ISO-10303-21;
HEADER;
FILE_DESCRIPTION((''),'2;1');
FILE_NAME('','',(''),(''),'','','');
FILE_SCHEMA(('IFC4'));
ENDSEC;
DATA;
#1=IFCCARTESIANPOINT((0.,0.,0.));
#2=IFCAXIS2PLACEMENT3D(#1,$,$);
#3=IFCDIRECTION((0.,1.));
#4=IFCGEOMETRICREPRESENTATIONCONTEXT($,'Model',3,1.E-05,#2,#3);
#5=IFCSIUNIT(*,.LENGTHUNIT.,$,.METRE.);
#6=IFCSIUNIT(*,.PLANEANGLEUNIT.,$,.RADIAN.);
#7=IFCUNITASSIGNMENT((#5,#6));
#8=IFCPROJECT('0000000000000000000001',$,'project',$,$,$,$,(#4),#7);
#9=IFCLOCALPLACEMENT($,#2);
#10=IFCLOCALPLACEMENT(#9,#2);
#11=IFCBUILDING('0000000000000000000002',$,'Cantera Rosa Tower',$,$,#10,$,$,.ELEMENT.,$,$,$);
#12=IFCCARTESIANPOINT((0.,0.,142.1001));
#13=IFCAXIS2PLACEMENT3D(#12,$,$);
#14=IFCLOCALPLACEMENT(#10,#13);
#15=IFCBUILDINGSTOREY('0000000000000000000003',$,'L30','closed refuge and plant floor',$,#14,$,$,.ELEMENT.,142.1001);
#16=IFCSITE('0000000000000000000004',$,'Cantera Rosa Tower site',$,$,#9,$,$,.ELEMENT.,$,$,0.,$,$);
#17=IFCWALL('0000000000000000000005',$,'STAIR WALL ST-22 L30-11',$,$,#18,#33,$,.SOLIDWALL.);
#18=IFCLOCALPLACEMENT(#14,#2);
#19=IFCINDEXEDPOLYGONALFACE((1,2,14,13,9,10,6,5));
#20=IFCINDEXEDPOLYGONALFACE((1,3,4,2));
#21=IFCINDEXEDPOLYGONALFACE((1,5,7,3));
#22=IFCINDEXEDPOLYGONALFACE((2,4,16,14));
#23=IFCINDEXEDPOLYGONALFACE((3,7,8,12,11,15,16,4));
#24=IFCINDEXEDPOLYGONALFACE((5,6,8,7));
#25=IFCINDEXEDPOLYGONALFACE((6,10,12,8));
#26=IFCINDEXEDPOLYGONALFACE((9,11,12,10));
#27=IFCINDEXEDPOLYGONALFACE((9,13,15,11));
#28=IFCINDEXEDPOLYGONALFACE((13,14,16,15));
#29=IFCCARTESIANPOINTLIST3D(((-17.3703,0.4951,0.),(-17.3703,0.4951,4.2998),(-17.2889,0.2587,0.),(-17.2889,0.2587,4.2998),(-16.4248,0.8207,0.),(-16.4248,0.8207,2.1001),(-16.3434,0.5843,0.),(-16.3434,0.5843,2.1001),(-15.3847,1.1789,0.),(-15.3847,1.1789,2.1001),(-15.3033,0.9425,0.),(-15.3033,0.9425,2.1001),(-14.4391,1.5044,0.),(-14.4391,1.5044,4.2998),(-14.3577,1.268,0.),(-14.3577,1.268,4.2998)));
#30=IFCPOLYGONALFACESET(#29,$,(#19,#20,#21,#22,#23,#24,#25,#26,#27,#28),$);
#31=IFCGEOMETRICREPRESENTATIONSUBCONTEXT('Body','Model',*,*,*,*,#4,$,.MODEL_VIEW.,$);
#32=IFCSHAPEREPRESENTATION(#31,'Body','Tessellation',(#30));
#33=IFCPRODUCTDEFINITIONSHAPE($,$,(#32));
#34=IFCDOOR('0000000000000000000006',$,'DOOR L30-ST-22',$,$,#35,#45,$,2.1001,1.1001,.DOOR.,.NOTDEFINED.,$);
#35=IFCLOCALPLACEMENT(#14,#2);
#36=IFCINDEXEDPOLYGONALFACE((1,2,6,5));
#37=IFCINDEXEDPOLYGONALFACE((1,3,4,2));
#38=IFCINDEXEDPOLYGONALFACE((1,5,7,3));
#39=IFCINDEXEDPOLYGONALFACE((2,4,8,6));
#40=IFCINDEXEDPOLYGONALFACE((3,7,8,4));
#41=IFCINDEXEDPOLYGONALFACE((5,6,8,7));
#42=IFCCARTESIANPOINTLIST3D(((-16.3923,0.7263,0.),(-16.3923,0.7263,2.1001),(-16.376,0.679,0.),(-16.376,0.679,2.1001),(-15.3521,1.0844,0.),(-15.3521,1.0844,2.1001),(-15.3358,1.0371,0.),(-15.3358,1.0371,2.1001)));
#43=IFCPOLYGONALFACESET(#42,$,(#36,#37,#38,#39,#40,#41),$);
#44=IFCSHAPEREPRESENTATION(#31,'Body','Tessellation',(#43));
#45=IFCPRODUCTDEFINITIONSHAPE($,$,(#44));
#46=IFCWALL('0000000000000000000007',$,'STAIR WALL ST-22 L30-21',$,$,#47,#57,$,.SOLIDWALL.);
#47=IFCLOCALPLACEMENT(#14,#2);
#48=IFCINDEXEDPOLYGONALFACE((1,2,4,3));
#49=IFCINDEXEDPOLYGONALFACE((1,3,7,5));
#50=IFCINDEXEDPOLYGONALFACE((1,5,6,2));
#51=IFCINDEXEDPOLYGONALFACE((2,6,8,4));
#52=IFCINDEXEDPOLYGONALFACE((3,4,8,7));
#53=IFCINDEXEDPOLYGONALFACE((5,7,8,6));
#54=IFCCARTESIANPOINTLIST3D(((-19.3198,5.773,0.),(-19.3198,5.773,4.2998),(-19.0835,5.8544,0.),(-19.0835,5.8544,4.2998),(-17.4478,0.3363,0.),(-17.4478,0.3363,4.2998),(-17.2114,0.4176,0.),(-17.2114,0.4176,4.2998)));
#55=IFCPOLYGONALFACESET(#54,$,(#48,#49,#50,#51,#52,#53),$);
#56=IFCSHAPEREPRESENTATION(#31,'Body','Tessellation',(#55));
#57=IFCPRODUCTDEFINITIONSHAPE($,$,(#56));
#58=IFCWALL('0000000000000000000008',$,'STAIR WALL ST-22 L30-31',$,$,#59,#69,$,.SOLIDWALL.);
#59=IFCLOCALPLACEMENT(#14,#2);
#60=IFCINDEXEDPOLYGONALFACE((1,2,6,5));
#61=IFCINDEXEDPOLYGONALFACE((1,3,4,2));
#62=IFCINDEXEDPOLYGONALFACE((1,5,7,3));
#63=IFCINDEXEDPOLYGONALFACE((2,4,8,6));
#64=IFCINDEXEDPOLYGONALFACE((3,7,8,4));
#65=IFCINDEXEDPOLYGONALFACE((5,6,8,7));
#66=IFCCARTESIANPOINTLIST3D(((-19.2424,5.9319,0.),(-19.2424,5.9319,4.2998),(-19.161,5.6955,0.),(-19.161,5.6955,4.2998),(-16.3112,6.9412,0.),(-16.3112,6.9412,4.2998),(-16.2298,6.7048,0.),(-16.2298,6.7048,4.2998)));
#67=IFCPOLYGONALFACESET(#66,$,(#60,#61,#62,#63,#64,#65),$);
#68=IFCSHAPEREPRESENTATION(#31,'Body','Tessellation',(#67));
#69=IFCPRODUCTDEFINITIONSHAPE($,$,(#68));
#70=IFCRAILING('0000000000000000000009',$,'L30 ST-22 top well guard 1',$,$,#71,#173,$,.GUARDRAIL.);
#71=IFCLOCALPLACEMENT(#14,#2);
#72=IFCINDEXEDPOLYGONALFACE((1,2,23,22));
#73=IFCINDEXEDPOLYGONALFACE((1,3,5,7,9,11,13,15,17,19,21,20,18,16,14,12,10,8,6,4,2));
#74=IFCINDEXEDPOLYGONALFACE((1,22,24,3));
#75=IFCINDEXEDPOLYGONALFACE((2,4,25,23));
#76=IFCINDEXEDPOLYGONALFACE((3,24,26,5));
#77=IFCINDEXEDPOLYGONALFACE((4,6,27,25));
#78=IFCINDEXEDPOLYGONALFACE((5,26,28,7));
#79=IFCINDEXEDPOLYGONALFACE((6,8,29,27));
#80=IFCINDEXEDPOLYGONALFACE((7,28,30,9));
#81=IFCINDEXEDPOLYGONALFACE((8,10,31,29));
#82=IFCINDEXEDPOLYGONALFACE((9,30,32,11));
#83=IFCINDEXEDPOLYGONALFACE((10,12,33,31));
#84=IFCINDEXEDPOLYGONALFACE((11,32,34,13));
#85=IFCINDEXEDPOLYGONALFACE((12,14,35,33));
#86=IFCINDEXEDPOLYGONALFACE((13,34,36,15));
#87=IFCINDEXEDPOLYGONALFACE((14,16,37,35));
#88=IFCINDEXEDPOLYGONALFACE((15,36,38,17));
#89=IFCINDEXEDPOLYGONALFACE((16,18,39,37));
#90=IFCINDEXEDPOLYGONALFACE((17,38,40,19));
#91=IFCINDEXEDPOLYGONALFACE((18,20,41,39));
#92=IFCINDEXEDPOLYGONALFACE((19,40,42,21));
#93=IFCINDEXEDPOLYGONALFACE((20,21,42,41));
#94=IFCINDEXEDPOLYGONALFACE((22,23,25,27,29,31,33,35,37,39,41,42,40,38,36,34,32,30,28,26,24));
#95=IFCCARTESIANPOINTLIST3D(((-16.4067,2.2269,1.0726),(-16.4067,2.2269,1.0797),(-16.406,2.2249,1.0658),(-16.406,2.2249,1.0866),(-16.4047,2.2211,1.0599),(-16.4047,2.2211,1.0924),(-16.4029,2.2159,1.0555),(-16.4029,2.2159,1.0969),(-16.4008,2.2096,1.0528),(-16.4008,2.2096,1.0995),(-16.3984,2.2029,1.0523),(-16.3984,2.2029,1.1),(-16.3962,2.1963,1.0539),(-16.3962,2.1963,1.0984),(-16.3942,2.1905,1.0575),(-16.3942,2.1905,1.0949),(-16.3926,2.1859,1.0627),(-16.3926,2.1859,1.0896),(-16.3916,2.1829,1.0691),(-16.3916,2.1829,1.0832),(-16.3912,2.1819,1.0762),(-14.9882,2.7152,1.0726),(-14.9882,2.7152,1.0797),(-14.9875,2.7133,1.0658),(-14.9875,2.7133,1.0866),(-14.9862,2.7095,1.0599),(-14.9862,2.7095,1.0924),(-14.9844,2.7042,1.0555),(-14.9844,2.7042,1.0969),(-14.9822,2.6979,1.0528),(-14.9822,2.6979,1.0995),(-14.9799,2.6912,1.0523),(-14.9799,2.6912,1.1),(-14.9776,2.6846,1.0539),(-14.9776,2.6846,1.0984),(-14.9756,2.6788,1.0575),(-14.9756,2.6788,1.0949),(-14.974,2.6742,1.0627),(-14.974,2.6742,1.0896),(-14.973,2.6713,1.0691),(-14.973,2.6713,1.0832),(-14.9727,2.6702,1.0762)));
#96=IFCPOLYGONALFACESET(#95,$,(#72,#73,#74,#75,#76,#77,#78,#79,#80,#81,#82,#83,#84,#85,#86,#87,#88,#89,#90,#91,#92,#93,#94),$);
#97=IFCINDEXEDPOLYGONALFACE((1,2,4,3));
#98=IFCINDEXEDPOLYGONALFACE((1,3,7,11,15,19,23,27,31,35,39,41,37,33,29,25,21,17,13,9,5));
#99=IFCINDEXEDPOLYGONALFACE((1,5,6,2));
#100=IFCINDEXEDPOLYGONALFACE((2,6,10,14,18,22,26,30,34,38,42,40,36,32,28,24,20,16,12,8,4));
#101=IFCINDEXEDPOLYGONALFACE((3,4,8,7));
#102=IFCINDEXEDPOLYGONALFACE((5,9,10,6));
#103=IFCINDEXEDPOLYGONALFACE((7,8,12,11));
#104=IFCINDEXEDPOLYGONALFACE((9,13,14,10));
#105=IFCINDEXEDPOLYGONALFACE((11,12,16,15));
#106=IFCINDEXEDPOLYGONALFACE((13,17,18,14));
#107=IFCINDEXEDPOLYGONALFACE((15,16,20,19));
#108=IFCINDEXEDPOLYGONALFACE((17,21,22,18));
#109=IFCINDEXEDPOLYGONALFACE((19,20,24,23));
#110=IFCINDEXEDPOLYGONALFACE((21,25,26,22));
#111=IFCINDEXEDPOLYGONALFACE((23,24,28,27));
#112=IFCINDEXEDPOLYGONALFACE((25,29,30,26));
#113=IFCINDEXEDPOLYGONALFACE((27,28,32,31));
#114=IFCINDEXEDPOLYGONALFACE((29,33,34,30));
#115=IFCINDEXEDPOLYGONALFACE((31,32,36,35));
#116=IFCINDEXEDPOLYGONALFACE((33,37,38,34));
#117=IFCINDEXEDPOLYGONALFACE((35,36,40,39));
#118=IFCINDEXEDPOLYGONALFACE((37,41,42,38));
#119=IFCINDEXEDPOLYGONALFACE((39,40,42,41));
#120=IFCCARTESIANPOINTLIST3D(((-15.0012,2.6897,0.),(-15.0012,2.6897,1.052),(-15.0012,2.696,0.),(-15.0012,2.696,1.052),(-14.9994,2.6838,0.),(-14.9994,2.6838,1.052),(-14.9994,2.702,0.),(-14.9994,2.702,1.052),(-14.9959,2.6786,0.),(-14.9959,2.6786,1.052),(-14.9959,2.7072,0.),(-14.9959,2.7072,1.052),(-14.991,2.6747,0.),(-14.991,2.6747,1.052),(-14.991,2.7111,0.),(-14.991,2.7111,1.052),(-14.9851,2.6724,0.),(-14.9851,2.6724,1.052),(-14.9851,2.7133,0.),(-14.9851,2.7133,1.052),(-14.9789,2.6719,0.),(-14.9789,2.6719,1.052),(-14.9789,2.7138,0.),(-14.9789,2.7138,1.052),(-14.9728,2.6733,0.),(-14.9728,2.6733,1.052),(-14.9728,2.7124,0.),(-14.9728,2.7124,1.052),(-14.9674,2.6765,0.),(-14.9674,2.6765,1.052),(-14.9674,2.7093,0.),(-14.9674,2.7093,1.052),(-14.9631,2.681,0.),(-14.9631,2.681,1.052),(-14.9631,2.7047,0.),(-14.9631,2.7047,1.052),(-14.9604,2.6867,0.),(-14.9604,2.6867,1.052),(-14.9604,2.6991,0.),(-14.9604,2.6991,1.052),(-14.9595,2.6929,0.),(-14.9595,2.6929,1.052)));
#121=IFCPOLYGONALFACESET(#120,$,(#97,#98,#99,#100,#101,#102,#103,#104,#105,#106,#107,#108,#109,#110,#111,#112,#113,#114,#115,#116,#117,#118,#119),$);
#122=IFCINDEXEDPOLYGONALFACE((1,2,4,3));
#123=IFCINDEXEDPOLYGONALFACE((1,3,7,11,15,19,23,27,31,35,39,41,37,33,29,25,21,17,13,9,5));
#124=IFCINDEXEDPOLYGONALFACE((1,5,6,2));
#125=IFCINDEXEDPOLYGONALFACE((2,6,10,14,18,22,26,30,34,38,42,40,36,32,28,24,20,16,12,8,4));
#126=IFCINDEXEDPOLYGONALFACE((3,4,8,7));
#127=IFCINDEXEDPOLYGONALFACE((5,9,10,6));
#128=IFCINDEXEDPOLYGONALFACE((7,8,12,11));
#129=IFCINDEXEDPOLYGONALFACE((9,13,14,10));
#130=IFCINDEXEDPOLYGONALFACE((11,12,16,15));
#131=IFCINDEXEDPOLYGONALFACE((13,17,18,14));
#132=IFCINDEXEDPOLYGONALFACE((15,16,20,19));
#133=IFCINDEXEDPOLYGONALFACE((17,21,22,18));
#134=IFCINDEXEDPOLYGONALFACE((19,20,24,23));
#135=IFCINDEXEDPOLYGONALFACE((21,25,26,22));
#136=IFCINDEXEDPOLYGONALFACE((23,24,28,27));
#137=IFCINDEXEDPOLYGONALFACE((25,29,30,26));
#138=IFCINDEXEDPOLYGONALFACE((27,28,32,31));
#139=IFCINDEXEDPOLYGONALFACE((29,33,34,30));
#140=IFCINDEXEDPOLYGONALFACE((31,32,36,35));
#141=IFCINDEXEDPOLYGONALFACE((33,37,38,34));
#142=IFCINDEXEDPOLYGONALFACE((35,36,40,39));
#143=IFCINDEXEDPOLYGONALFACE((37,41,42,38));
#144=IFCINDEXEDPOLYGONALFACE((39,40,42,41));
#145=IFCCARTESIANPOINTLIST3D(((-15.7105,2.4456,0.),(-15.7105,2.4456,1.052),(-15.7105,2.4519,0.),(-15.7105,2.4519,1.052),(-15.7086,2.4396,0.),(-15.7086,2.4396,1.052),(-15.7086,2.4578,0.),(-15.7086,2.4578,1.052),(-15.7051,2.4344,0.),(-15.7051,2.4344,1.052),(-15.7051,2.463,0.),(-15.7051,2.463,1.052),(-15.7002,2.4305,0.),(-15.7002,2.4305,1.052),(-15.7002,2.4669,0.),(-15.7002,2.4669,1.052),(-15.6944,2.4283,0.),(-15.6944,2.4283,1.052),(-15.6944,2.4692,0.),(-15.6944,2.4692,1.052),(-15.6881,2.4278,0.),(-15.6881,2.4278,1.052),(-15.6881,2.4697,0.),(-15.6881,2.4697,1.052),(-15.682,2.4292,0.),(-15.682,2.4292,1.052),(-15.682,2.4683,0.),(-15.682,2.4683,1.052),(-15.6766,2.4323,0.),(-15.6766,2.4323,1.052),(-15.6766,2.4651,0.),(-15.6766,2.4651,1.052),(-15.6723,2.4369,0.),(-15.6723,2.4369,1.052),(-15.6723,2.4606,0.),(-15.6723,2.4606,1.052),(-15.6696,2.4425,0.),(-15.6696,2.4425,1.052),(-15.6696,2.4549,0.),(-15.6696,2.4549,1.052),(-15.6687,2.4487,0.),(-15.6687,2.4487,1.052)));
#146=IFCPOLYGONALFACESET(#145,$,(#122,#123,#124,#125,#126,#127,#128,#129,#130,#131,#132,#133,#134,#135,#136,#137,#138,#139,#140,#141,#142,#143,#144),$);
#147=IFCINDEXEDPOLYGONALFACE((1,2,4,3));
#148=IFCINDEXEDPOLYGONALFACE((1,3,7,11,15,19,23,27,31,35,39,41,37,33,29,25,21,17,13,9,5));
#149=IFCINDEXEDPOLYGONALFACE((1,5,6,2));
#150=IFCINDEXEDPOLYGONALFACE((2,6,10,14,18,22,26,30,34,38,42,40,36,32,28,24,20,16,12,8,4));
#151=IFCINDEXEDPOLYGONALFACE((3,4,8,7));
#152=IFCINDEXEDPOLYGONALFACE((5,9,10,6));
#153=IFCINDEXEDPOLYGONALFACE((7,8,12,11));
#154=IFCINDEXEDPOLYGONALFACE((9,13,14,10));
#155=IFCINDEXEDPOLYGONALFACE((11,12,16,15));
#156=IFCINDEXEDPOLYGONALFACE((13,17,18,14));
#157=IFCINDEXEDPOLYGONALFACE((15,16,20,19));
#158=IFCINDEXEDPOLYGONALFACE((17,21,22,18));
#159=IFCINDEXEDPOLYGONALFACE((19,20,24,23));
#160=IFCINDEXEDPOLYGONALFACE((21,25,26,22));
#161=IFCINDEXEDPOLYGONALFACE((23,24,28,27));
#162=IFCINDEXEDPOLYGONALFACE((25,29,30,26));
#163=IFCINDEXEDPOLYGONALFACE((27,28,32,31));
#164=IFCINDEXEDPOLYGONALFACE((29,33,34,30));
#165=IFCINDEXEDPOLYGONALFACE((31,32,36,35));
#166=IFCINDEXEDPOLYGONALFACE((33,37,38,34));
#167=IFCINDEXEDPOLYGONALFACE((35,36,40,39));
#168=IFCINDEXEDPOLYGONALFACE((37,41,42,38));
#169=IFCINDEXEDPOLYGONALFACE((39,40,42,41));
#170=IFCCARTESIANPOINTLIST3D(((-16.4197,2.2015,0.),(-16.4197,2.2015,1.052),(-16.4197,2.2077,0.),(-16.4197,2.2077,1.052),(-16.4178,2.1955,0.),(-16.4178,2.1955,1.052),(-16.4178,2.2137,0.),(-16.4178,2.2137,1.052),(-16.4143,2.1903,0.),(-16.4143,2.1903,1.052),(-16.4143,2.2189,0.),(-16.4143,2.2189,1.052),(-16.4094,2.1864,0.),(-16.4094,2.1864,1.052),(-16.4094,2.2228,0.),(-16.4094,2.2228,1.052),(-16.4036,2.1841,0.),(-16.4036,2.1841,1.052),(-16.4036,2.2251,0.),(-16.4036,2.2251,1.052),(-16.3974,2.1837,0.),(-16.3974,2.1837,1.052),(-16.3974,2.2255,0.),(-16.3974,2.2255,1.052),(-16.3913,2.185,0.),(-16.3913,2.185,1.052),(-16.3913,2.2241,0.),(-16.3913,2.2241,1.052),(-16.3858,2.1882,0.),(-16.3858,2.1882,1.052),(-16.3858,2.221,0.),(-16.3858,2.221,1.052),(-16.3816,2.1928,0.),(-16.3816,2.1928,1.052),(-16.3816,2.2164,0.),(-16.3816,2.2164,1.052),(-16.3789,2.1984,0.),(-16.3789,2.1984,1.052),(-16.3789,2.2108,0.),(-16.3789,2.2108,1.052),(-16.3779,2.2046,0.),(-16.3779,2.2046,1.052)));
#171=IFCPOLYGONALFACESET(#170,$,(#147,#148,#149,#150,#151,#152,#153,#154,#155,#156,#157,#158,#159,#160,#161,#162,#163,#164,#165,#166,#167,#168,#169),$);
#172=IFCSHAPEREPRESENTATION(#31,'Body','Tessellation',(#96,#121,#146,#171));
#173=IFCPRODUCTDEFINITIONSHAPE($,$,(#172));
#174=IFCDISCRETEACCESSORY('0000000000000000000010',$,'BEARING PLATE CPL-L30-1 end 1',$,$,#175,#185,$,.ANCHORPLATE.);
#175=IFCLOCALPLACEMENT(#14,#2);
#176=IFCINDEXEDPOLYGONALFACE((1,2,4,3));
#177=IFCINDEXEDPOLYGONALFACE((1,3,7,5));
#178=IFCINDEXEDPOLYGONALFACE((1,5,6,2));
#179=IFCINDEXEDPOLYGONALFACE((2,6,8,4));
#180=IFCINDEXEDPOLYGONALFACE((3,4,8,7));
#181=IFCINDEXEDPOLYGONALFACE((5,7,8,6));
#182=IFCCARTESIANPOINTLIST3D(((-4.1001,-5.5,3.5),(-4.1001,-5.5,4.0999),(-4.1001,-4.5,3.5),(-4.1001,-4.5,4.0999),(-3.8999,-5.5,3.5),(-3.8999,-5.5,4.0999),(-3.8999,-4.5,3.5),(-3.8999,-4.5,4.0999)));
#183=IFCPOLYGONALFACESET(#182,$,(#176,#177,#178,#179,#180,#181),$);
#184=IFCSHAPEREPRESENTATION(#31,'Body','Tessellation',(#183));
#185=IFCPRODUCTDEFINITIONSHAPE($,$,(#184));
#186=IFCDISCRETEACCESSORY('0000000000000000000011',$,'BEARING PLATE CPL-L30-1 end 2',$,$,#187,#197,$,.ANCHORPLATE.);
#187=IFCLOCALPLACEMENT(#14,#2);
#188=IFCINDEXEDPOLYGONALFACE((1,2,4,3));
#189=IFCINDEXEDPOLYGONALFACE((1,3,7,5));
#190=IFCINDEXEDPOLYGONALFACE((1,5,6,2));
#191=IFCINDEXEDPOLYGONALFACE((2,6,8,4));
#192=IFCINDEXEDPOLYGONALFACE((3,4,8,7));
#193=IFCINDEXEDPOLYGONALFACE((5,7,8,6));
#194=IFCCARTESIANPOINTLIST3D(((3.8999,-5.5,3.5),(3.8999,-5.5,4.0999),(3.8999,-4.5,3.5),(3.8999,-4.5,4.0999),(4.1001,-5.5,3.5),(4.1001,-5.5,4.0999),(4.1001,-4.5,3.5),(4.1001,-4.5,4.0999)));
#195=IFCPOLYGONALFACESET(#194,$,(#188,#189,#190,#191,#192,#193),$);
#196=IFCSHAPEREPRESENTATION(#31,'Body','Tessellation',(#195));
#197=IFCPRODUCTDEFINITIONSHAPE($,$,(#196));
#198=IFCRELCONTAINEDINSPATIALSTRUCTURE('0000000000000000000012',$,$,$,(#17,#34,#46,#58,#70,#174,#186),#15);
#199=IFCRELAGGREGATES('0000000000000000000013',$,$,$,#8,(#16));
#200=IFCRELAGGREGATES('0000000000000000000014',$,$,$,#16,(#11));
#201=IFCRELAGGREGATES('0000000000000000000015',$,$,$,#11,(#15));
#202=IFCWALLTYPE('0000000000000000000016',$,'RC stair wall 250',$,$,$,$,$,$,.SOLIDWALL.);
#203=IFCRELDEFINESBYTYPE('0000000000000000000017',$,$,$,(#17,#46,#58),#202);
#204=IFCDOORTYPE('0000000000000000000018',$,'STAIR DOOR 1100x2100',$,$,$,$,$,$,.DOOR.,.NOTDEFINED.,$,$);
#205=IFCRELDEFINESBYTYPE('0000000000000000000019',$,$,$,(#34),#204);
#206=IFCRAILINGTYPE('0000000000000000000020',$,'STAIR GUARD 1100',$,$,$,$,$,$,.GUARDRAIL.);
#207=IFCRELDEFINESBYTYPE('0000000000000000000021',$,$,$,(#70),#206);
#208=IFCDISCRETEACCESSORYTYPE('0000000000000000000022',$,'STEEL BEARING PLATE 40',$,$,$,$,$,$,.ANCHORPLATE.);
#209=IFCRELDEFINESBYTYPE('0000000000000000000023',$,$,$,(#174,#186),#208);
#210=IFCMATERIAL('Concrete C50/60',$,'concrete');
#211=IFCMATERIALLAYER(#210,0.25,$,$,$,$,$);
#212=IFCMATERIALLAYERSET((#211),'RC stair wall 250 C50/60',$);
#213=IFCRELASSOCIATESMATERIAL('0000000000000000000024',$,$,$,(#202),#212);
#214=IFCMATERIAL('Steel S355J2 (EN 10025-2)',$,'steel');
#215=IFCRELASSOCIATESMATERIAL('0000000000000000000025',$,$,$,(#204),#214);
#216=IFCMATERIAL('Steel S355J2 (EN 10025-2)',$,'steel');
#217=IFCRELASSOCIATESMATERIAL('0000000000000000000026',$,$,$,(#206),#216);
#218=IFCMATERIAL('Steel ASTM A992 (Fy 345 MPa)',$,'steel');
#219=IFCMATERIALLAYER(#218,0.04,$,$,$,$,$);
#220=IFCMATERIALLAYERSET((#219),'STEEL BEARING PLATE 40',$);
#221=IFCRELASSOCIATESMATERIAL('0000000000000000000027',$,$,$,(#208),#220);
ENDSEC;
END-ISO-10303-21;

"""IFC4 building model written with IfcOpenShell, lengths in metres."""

from ifc_helpers import new_model, si_unit, direction, frame, frame_2d, origin, origin_2d, place, context, subcontext, project, spatial, polyline, rectangle, circle, outline, extrude, material, layer, layer_set, type_object, element, fill, save


model = new_model("IFC4")

# Units and contexts
model_context = context("Model", 3, precision=1e-05, world=origin(), true_north=direction((0.0, 1.0)))
body_context = subcontext(model_context, "Body", "Model", "MODEL_VIEW")
ifc_project = project(units=[si_unit("LENGTHUNIT", "METRE"), si_unit("PLANEANGLEUNIT", "RADIAN")], contexts=[model_context])

# Site, building, storey
site_placement = place(None, origin())
site = spatial("IfcSite", under=ifc_project, at=site_placement, Name="Cantera Rosa Tower site", CompositionType="ELEMENT", RefElevation=0.0)
building_placement = place(site_placement, origin())
building = spatial("IfcBuilding", under=site, at=building_placement, Name="Cantera Rosa Tower", CompositionType="ELEMENT")
storey_placement = place(building_placement, frame((0.0, 0.0, 142.1001)))
storey = spatial("IfcBuildingStorey", under=building, at=storey_placement, Name="L30", Description="closed refuge and plant floor", CompositionType="ELEMENT", Elevation=142.1001)

# Shared definitions
ifc_material_1 = material(Name="Concrete C50/60", Category="concrete")
ifc_layer_1 = layer(ifc_material_1, 0.25)
ifc_layer_set_1 = layer_set([ifc_layer_1], Name="RC stair wall 250 C50/60")
wall_type_1 = type_object("IfcWallType", Name="RC stair wall 250", PredefinedType="SOLIDWALL", material=ifc_layer_set_1)

# Wall, opening, door
wall_1_placement = place(storey_placement, frame((-14.3984, 1.3862, 0.0), z_axis=(0.0, 0.0, 1.0), x_axis=(-0.945519, -0.325568, 0.0)))
wall_1 = element("IfcWall", 1, at=wall_1_placement, inside=storey, type_object=wall_type_1, Name="STAIR WALL ST-22 L30-11", PredefinedType="SOLIDWALL", context=body_context, shape_type="SweptSolid", body=[
    extrude(rectangle(XDim=3.1001, YDim=0.25, at=frame_2d((1.55, 0.0))), origin(), (0.0, 0.0, 1.0), 4.2998),
])
opening_placement = place(wall_1_placement, frame((1.0, 0.0, 0.0)))
opening = element("IfcOpeningElement", 2, at=opening_placement, cuts=wall_1, PredefinedType="OPENING", context=body_context, shape_type="SweptSolid", body=[
    extrude(rectangle(XDim=1.1001, YDim=2.1001, at=frame_2d((0.55, 1.05))), frame((0.0, 0.135, 0.0), z_axis=(0.0, -1.0, 0.0), x_axis=(1.0, 0.0, 0.0)), (0.0, 0.0, 1.0), 0.27),
])
ifc_material_2 = material(Name="Steel S355J2 (EN 10025-2)", Category="steel")
door_type = type_object("IfcDoorType", Name="STAIR DOOR 1100x2100", OperationType="NOTDEFINED", PredefinedType="DOOR", material=ifc_material_2)
door_placement = place(opening_placement, origin())
door = element("IfcDoor", 3, at=door_placement, inside=storey, type_object=door_type, Name="DOOR L30-ST-22", OperationType="NOTDEFINED", OverallHeight=2.1001, OverallWidth=1.1001, PredefinedType="DOOR", context=body_context, shape_type="SweptSolid", body=[
    extrude(rectangle(XDim=1.1001, YDim=2.1001, at=frame_2d((0.55, 1.05))), frame((0.0, 0.0249, 0.0), z_axis=(0.0, -1.0, 0.0), x_axis=(1.0, 0.0, 0.0)), (0.0, 0.0, 1.0), 0.05),
])
fill(opening, door)

# Walls
wall_2_placement = place(storey_placement, frame((-17.3296, 0.377, 0.0), z_axis=(0.0, 0.0, 1.0), x_axis=(-0.325575, 0.945516, 0.0)))
element("IfcWall", 4, at=wall_2_placement, inside=storey, type_object=wall_type_1, Name="STAIR WALL ST-22 L30-21", PredefinedType="SOLIDWALL", context=body_context, shape_type="SweptSolid", body=[
    extrude(rectangle(XDim=5.75, YDim=0.25, at=frame_2d((2.875, 0.0))), origin(), (0.0, 0.0, 1.0), 4.2998),
])
wall_3_placement = place(storey_placement, frame((-19.2017, 5.8137, 0.0), z_axis=(0.0, 0.0, 1.0), x_axis=(0.945519, 0.325568, 0.0)))
element("IfcWall", 5, at=wall_3_placement, inside=storey, type_object=wall_type_1, Name="STAIR WALL ST-22 L30-31", PredefinedType="SOLIDWALL", context=body_context, shape_type="SweptSolid", body=[
    extrude(rectangle(XDim=3.1001, YDim=0.25, at=frame_2d((1.55, 0.0))), origin(), (0.0, 0.0, 1.0), 4.2998),
])

# Railing
ifc_material_3 = material(Name="Steel S355J2 (EN 10025-2)", Category="steel")
railing_type = type_object("IfcRailingType", Name="STAIR GUARD 1100", PredefinedType="GUARDRAIL", material=ifc_material_3)
railing_1_placement = place(storey_placement, frame((-14.9805, 2.6929, 0.0)))
element("IfcRailing", 6, at=railing_1_placement, inside=storey, type_object=railing_type, Name="L30 ST-22 top well guard 1", PredefinedType="GUARDRAIL", context=body_context, shape_type="SweptSolid", body=[
    extrude(circle(Radius=0.0239, at=origin_2d()), frame((0.0, 0.0, 1.0762), z_axis=(-0.945546, -0.325489, 0.0), x_axis=(0.325489, -0.945546, 0.0)), (0.0, 0.0, 1.0), 1.5002),
    extrude(circle(Radius=0.021, at=origin_2d()), origin(), (0.0, 0.0, 1.0), 1.052),
    extrude(circle(Radius=0.021, at=origin_2d()), frame((-0.7092, -0.2441, 0.0)), (0.0, 0.0, 1.0), 1.052),
    extrude(circle(Radius=0.021, at=origin_2d()), frame((-1.4185, -0.4883, 0.0)), (0.0, 0.0, 1.0), 1.052),
])

# Discrete accessories
ifc_material_4 = material(Name="Steel ASTM A992 (Fy 345 MPa)", Category="steel")
ifc_layer_2 = layer(ifc_material_4, 0.04)
ifc_layer_set_2 = layer_set([ifc_layer_2], Name="STEEL BEARING PLATE 40")
discrete_accessory_type = type_object("IfcDiscreteAccessoryType", Name="STEEL BEARING PLATE 40", PredefinedType="ANCHORPLATE", material=ifc_layer_set_2)
discrete_accessory_1_placement = place(storey_placement, frame((0.0, 0.0, 3.5)))
element("IfcDiscreteAccessory", 7, at=discrete_accessory_1_placement, inside=storey, type_object=discrete_accessory_type, Name="BEARING PLATE CPL-L30-1 end 1", PredefinedType="ANCHORPLATE", context=body_context, shape_type="SweptSolid", body=[
    extrude(outline(polyline([(-3.8999, -4.5), (-4.1001, -4.5), (-4.1001, -5.5), (-3.8999, -5.5), (-3.8999, -4.5)])), origin(), (0.0, 0.0, 1.0), 0.5999),
])
discrete_accessory_2_placement = place(storey_placement, frame((0.0, 0.0, 3.5)))
element("IfcDiscreteAccessory", 8, at=discrete_accessory_2_placement, inside=storey, type_object=discrete_accessory_type, Name="BEARING PLATE CPL-L30-1 end 2", PredefinedType="ANCHORPLATE", context=body_context, shape_type="SweptSolid", body=[
    extrude(outline(polyline([(3.8999, -5.5), (4.1001, -5.5), (4.1001, -4.5), (3.8999, -4.5), (3.8999, -5.5)])), origin(), (0.0, 0.0, 1.0), 0.5999),
])

save(model, "model.ifc")
